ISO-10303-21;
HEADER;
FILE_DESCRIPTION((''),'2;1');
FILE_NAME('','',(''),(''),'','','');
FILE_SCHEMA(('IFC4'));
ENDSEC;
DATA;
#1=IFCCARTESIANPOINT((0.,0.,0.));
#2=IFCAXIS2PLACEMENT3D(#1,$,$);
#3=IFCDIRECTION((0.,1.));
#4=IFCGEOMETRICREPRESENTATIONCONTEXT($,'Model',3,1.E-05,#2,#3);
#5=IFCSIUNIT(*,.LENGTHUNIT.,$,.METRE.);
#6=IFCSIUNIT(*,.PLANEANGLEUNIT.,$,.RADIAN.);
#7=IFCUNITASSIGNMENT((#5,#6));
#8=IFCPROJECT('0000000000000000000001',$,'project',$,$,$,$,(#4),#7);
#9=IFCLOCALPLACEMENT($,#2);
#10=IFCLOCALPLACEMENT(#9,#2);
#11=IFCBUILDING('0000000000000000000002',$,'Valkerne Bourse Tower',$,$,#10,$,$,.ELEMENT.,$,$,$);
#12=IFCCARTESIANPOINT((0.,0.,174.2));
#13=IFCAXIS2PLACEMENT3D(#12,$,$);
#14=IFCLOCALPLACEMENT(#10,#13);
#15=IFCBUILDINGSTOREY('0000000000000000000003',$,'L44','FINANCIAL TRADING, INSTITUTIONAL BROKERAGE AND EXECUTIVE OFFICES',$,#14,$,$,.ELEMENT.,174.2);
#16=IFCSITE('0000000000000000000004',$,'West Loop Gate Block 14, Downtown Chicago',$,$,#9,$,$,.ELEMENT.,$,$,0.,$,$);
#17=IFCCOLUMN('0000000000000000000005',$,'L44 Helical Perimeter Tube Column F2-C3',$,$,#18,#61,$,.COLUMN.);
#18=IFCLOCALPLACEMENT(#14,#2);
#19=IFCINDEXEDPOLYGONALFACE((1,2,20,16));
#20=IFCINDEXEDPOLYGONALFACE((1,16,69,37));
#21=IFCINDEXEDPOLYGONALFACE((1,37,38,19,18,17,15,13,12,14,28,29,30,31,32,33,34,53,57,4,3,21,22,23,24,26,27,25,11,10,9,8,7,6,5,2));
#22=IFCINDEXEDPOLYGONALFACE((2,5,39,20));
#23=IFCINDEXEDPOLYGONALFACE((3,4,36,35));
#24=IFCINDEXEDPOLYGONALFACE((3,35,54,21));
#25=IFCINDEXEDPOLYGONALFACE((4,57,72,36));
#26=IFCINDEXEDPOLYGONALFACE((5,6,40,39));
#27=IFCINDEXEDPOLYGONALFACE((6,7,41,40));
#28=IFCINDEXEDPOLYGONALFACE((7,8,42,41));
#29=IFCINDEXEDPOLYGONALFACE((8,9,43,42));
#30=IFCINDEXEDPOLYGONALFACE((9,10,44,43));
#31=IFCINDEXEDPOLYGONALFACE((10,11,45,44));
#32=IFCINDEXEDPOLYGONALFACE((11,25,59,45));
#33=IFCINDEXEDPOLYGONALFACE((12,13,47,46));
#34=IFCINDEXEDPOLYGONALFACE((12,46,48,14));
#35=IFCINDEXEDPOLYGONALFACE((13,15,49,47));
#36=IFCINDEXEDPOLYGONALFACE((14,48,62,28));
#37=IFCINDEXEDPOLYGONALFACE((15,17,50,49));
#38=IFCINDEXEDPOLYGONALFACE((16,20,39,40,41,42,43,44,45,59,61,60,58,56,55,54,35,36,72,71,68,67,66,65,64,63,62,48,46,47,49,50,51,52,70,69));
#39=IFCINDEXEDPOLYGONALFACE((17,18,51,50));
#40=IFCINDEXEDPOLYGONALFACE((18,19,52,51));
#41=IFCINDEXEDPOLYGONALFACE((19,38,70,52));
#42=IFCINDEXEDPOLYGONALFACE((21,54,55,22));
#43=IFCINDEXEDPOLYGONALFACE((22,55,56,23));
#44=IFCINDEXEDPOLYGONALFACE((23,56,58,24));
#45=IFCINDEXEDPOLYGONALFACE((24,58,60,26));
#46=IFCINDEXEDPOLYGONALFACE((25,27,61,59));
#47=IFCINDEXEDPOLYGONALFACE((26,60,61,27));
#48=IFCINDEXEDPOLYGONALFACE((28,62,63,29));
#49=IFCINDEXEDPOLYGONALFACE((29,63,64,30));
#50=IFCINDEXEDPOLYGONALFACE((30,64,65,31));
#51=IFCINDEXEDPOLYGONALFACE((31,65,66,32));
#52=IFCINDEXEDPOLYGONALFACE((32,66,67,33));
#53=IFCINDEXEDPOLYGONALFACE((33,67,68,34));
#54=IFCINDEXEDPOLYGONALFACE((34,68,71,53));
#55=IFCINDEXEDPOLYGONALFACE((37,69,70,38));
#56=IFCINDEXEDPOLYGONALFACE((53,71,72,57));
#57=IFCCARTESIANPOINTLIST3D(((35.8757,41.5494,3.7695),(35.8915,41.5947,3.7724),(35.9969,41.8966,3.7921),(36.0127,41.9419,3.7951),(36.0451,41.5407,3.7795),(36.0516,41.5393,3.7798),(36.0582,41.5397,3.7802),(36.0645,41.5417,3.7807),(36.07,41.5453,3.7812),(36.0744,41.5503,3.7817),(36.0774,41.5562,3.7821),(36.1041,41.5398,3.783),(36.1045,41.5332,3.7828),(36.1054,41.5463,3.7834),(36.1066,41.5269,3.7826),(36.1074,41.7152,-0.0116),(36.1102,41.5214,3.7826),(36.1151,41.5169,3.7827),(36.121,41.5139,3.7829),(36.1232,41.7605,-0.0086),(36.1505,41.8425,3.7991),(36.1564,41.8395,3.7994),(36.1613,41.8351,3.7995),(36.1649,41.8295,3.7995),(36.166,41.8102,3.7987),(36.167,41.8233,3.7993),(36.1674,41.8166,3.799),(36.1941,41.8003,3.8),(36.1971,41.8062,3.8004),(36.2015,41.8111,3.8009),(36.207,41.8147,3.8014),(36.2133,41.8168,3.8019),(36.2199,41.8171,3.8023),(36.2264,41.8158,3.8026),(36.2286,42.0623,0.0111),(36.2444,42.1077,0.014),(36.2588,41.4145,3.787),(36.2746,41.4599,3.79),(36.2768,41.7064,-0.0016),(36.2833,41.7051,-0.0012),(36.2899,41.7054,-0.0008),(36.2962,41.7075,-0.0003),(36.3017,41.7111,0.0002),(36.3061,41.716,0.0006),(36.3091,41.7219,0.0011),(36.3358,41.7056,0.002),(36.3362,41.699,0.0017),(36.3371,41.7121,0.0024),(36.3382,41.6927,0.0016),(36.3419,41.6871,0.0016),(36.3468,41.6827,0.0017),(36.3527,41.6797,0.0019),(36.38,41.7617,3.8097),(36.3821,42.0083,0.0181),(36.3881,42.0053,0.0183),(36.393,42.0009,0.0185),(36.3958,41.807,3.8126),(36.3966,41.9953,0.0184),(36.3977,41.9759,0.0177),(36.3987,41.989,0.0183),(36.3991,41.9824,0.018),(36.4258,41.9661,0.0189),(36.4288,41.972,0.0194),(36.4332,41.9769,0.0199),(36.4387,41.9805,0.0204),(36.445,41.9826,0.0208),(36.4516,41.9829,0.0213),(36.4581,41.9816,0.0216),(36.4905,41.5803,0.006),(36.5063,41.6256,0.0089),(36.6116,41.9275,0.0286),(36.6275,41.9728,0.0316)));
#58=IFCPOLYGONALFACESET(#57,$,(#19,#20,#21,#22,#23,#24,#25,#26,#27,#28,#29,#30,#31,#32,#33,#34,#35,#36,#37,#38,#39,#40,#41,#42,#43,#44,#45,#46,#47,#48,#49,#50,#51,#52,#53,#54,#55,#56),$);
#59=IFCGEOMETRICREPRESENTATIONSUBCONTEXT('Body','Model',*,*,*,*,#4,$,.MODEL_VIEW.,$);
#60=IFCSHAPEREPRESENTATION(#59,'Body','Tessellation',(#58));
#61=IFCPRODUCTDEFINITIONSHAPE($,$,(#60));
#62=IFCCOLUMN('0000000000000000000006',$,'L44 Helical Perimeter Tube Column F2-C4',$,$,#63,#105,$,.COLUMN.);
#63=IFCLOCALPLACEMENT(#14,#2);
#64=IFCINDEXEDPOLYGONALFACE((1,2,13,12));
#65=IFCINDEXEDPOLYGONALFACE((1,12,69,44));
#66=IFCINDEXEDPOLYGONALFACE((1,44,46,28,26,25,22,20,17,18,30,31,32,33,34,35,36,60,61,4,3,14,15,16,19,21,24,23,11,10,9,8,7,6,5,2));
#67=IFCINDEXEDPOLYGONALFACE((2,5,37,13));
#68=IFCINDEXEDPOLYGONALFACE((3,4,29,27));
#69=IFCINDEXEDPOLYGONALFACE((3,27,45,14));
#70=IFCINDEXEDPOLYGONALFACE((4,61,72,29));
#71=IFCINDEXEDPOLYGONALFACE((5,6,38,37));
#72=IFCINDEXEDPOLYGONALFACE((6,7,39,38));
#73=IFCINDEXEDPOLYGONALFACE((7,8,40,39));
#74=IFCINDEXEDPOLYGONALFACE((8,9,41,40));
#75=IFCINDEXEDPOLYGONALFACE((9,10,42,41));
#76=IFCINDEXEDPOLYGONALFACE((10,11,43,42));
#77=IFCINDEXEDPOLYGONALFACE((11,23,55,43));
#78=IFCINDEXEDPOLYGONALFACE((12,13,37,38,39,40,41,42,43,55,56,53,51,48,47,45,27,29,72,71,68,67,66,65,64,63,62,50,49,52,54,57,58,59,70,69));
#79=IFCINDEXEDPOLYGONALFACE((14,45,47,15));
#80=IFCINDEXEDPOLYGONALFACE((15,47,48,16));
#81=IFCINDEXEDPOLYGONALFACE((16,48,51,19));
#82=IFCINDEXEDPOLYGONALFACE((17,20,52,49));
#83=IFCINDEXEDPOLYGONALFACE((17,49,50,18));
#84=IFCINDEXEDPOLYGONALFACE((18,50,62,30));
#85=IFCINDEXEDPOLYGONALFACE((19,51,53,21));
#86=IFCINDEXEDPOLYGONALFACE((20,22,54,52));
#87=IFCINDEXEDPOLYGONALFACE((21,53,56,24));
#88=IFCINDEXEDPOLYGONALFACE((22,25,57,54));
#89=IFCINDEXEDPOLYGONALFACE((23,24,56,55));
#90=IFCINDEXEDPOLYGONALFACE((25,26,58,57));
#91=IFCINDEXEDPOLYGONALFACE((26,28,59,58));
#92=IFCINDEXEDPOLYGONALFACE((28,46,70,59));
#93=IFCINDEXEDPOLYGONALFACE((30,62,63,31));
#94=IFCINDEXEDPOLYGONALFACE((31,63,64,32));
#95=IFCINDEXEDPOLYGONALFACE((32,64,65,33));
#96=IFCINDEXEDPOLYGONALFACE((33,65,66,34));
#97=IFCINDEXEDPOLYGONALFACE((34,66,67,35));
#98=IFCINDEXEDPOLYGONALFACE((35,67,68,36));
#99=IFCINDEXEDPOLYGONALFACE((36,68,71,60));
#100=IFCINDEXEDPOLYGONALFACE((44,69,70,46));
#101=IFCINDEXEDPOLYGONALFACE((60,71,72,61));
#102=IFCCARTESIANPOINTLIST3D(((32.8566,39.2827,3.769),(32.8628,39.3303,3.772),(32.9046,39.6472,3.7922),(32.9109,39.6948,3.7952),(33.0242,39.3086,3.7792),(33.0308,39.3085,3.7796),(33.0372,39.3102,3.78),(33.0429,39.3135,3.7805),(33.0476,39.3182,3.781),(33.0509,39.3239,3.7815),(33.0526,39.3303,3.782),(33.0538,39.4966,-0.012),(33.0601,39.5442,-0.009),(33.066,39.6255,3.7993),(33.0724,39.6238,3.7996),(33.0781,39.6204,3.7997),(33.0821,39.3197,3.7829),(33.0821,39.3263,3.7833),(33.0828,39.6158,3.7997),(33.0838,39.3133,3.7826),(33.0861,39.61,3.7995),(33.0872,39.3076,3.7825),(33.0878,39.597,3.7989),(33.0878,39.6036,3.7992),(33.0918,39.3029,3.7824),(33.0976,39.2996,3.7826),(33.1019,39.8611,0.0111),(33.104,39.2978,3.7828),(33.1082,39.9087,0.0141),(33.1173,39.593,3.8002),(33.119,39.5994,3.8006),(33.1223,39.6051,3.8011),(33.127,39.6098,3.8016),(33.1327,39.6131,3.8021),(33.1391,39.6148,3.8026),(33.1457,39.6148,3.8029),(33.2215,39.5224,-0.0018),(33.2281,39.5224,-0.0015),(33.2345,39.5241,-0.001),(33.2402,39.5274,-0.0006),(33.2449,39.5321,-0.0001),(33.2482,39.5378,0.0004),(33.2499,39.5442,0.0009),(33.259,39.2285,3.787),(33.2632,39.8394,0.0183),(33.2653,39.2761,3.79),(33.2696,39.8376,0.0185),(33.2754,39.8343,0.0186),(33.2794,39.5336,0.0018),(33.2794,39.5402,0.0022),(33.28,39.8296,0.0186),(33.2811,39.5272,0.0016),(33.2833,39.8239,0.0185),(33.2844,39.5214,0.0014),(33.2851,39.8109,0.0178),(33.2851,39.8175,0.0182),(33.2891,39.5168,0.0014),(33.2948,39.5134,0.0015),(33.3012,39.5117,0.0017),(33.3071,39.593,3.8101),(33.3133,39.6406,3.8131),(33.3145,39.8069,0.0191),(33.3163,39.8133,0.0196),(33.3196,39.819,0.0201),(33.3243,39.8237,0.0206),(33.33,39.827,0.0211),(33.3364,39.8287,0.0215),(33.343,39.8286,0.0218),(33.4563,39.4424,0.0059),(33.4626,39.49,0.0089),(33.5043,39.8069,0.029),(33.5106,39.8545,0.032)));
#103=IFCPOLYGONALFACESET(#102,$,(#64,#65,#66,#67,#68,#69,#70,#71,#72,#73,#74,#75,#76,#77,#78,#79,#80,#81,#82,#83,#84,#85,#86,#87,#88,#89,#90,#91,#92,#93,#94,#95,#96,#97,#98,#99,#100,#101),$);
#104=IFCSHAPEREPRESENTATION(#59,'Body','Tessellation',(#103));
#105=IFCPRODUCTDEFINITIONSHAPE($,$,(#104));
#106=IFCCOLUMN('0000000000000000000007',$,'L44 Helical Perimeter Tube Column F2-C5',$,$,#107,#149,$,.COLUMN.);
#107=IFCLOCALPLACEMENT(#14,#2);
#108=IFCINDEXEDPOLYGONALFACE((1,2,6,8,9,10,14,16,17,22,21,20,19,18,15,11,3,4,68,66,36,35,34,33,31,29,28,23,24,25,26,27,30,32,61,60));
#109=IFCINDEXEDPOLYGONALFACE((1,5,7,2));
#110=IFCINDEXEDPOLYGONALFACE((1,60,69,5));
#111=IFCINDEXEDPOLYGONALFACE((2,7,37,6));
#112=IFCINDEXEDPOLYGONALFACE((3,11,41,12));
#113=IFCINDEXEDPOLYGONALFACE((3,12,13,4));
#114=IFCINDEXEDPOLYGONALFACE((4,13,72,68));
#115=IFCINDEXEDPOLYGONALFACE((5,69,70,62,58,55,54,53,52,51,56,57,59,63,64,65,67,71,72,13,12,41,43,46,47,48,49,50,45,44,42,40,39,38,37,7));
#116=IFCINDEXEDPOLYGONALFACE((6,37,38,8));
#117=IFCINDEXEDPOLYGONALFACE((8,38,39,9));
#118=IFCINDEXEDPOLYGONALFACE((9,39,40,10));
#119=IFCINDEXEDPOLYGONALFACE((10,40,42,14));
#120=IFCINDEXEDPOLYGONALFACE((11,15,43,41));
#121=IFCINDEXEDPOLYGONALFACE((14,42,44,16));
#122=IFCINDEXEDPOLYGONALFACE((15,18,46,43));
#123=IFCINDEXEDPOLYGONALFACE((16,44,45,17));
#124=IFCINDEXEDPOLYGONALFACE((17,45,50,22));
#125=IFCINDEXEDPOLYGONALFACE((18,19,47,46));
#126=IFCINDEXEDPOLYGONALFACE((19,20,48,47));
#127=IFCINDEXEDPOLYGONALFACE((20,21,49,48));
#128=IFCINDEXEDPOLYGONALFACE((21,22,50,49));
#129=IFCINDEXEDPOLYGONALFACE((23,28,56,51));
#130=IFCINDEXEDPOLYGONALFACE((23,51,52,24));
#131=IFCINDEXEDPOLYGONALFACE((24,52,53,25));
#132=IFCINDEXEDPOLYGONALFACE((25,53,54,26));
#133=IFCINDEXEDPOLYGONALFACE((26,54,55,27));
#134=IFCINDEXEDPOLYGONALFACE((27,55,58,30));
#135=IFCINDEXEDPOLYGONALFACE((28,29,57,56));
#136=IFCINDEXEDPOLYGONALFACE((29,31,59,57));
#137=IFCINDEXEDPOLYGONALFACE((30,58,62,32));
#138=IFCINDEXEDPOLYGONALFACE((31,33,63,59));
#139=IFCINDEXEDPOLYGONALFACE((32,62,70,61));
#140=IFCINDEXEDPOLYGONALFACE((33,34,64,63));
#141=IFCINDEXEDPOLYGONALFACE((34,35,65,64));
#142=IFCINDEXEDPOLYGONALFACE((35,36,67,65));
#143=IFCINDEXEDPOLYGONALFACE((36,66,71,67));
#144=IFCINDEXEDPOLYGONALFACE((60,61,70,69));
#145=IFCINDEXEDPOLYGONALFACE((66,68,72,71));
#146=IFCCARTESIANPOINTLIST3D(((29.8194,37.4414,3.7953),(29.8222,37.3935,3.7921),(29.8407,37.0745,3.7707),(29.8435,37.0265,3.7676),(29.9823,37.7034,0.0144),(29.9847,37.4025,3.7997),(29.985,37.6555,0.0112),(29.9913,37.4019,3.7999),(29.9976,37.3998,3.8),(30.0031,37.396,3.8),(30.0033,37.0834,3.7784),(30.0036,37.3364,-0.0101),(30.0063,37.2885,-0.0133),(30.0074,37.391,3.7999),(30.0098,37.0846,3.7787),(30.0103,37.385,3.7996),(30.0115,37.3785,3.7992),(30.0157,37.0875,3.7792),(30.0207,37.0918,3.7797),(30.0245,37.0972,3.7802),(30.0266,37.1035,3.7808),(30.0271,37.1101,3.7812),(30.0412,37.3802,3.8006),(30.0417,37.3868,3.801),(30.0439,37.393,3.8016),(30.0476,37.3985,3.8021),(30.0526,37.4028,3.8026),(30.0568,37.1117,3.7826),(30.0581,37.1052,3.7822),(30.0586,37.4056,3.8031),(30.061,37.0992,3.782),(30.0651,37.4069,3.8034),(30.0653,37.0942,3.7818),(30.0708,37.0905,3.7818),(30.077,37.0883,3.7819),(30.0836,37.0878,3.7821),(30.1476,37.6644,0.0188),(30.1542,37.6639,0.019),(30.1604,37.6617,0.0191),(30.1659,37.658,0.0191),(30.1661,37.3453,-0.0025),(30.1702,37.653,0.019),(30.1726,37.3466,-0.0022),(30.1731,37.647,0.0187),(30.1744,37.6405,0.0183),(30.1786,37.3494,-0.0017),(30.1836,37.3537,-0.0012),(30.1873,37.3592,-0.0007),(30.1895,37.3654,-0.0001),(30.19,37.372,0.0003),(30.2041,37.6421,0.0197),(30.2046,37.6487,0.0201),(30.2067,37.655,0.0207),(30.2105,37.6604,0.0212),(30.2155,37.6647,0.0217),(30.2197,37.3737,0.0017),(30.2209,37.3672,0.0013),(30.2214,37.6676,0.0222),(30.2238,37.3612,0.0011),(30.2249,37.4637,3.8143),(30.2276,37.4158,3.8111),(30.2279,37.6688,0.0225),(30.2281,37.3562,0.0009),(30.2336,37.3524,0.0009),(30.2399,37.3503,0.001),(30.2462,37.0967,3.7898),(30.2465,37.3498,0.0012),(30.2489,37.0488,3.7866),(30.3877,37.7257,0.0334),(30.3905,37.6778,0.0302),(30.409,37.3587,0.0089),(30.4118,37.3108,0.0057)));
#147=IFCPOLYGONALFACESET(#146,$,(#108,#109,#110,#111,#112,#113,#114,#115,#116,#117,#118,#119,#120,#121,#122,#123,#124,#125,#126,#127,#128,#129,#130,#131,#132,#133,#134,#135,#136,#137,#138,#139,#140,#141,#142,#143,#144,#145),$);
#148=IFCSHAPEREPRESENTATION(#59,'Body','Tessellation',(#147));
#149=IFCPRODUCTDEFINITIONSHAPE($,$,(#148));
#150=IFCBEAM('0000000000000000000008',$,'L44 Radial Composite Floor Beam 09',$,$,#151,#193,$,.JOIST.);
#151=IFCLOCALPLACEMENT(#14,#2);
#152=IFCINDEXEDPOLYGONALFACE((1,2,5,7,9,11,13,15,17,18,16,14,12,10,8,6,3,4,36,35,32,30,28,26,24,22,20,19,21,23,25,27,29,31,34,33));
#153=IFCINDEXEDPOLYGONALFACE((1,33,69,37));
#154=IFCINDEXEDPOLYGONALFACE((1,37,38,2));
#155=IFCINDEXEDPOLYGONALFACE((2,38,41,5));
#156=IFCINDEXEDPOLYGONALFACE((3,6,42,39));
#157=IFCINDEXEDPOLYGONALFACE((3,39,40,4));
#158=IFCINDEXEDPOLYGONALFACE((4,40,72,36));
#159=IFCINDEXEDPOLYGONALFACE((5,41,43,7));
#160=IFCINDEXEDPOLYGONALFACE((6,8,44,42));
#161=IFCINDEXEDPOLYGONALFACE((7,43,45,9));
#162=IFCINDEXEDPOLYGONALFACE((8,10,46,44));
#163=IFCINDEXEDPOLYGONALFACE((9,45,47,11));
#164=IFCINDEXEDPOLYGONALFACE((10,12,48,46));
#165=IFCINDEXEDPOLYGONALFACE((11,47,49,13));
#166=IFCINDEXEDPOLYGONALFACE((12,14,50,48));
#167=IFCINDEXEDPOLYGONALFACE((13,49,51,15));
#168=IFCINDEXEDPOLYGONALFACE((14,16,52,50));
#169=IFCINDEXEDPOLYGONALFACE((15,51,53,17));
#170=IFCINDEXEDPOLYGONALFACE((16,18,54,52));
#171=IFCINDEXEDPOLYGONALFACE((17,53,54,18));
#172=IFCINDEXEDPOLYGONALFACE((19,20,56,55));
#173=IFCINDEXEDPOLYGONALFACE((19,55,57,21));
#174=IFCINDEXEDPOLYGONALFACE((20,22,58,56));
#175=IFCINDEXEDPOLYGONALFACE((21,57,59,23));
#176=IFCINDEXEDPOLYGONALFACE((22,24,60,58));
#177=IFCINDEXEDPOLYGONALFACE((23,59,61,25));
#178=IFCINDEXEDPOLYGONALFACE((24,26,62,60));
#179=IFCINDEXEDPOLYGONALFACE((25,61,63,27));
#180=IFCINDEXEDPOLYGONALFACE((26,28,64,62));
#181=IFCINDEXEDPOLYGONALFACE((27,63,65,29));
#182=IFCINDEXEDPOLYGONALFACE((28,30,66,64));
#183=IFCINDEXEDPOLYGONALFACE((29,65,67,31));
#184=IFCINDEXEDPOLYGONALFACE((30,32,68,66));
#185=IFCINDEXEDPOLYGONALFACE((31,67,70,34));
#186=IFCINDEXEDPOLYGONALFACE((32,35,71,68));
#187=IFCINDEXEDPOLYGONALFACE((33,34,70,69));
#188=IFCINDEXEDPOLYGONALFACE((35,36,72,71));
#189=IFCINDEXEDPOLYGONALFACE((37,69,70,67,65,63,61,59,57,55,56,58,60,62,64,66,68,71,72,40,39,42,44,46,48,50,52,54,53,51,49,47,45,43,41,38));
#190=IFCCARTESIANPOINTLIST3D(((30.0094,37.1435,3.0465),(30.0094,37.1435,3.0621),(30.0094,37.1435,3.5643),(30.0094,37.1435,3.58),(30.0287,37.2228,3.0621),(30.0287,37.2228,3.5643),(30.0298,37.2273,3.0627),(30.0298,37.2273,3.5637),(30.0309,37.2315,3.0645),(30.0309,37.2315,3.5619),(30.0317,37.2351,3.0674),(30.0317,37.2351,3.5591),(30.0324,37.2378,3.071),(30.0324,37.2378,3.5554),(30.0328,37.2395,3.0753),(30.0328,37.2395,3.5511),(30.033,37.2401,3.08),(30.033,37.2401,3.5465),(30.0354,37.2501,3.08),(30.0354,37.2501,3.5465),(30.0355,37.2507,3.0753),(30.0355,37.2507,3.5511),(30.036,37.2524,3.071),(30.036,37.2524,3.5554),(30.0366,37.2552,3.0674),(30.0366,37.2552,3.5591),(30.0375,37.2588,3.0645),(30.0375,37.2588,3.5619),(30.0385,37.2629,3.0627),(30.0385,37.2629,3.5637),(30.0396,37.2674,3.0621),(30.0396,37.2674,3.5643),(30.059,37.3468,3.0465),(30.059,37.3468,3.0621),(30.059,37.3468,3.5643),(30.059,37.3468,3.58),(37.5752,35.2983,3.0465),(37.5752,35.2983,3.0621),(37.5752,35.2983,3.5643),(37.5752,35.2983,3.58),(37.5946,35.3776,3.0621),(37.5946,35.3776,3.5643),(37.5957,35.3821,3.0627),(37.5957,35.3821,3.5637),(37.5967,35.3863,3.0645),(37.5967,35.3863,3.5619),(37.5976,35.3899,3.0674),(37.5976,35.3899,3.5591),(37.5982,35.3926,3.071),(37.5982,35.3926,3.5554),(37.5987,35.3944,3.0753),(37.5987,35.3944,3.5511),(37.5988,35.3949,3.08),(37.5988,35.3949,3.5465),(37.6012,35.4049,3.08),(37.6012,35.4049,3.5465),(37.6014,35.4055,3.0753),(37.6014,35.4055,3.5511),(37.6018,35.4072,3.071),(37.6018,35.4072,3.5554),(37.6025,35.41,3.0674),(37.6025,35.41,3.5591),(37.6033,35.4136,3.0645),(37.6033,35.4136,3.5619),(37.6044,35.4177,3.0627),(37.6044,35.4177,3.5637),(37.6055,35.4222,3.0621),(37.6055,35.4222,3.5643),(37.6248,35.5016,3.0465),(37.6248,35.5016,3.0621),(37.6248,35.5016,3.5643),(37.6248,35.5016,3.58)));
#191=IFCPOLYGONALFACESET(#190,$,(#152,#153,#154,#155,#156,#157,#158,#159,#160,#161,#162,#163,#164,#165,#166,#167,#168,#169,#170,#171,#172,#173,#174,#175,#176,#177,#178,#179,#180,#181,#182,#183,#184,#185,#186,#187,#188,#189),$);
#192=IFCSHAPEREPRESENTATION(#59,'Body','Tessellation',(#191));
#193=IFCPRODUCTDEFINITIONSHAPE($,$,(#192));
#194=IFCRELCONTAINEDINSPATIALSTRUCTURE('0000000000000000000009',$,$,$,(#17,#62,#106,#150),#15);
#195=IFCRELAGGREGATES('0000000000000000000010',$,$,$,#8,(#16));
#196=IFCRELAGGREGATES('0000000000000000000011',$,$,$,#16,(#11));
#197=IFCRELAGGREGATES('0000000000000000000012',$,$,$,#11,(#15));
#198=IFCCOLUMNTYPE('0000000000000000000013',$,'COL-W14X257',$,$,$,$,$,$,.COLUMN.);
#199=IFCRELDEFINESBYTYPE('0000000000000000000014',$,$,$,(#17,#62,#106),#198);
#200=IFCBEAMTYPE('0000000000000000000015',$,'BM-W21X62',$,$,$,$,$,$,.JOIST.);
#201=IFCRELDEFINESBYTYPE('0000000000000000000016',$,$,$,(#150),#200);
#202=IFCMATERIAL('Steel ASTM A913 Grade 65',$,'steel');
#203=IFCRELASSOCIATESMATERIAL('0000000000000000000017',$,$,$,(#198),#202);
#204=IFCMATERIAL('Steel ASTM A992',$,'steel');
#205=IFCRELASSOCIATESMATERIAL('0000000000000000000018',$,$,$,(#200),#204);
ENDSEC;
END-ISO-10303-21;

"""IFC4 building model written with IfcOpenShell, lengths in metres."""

from ifc_helpers import new_model, si_unit, direction, frame, origin, origin_2d, place, context, subcontext, project, spatial, i_section, extrude, material, material_profile, profile_set, type_object, element, save


model = new_model("IFC4")

# Units and contexts
model_context = context("Model", 3, precision=1e-05, world=origin(), true_north=direction((0.0, 1.0)))
body_context = subcontext(model_context, "Body", "Model", "MODEL_VIEW")
ifc_project = project(units=[si_unit("LENGTHUNIT", "METRE"), si_unit("PLANEANGLEUNIT", "RADIAN")], contexts=[model_context])

# Site, building, storey
site_placement = place(None, origin())
site = spatial("IfcSite", under=ifc_project, at=site_placement, Name="West Loop Gate Block 14, Downtown Chicago", CompositionType="ELEMENT", RefElevation=0.0)
building_placement = place(site_placement, origin())
building = spatial("IfcBuilding", under=site, at=building_placement, Name="Valkerne Bourse Tower", CompositionType="ELEMENT")
storey_placement = place(building_placement, frame((0.0, 0.0, 174.2)))
storey = spatial("IfcBuildingStorey", under=building, at=storey_placement, Name="L44", Description="FINANCIAL TRADING, INSTITUTIONAL BROKERAGE AND EXECUTIVE OFFICES", CompositionType="ELEMENT", Elevation=174.2)

# Columns
ifc_material_1 = material(Name="Steel ASTM A913 Grade 65", Category="steel")
ifc_material_profile_1 = material_profile(ifc_material_1, i_section(OverallWidth=0.4065, OverallDepth=0.4165, WebThickness=0.0298, FlangeThickness=0.0481, FilletRadius=0.0254, at=origin_2d()), Name="W14X257")
ifc_profile_set_1 = profile_set([ifc_material_profile_1], Name="Steel ASTM A913 Grade 65")
column_type = type_object("IfcColumnType", Name="COL-W14X257", PredefinedType="COLUMN", material=ifc_profile_set_1)
column_1_placement = place(storey_placement, frame((36.3674, 41.844, 0.01), z_axis=(-0.061104, -0.043719, 0.997173), x_axis=(-0.942383, 0.331735, -0.043202)))
element("IfcColumn", 1, at=column_1_placement, inside=storey, type_object=column_type, Name="L44 Helical Perimeter Tube Column F2-C3", PredefinedType="COLUMN", context=body_context, shape_type="SweptSolid", body=[
    extrude(i_section(OverallWidth=0.4065, OverallDepth=0.4165, WebThickness=0.0298, FlangeThickness=0.0481, FilletRadius=0.0254, at=origin_2d()), origin(), (0.0, 0.0, 1.0), 3.7917),
])
column_2_placement = place(storey_placement, frame((33.2822, 39.6755, 0.01), z_axis=(-0.052019, -0.056397, 0.997052), x_axis=(-0.990095, 0.133289, -0.044117)))
element("IfcColumn", 2, at=column_2_placement, inside=storey, type_object=column_type, Name="L44 Helical Perimeter Tube Column F2-C4", PredefinedType="COLUMN", context=body_context, shape_type="SweptSolid", body=[
    extrude(i_section(OverallWidth=0.4065, OverallDepth=0.4165, WebThickness=0.0298, FlangeThickness=0.0481, FilletRadius=0.0254, at=origin_2d()), origin(), (0.0, 0.0, 1.0), 3.7922),
])
column_3_placement = place(storey_placement, frame((30.197, 37.5071, 0.01), z_axis=(-0.042926, -0.069055, 0.996689), x_axis=(-0.997402, -0.054797, -0.046753)))
element("IfcColumn", 3, at=column_3_placement, inside=storey, type_object=column_type, Name="L44 Helical Perimeter Tube Column F2-C5", PredefinedType="COLUMN", context=body_context, shape_type="SweptSolid", body=[
    extrude(i_section(OverallWidth=0.4065, OverallDepth=0.4165, WebThickness=0.0298, FlangeThickness=0.0481, FilletRadius=0.0254, at=origin_2d()), origin(), (0.0, 0.0, 1.0), 3.7935),
])

# Beam
ifc_material_2 = material(Name="Steel ASTM A992", Category="steel")
ifc_material_profile_2 = material_profile(ifc_material_2, i_section(OverallWidth=0.2092, OverallDepth=0.5334, WebThickness=0.0103, FlangeThickness=0.0156, FilletRadius=0.0178, at=origin_2d()), Name="W21X62")
ifc_profile_set_2 = profile_set([ifc_material_profile_2], Name="Steel ASTM A992")
beam_type_1 = type_object("IfcBeamType", Name="BM-W21X62", PredefinedType="JOIST", material=ifc_profile_set_2)
beam_1_placement = place(storey_placement, frame((30.0342, 37.2451, 3.3132), z_axis=(0.971524, -0.23694, 0.0), x_axis=(0.23694, 0.971524, 0.0)))
element("IfcBeam", 4, at=beam_1_placement, inside=storey, type_object=beam_type_1, Name="L44 Radial Composite Floor Beam 09", PredefinedType="JOIST", context=body_context, shape_type="SweptSolid", body=[
    extrude(i_section(OverallWidth=0.2092, OverallDepth=0.5334, WebThickness=0.0103, FlangeThickness=0.0156, FilletRadius=0.0178, at=origin_2d()), origin(), (0.0, 0.0, 1.0), 7.7876),
])

save(model, "model.ifc")
